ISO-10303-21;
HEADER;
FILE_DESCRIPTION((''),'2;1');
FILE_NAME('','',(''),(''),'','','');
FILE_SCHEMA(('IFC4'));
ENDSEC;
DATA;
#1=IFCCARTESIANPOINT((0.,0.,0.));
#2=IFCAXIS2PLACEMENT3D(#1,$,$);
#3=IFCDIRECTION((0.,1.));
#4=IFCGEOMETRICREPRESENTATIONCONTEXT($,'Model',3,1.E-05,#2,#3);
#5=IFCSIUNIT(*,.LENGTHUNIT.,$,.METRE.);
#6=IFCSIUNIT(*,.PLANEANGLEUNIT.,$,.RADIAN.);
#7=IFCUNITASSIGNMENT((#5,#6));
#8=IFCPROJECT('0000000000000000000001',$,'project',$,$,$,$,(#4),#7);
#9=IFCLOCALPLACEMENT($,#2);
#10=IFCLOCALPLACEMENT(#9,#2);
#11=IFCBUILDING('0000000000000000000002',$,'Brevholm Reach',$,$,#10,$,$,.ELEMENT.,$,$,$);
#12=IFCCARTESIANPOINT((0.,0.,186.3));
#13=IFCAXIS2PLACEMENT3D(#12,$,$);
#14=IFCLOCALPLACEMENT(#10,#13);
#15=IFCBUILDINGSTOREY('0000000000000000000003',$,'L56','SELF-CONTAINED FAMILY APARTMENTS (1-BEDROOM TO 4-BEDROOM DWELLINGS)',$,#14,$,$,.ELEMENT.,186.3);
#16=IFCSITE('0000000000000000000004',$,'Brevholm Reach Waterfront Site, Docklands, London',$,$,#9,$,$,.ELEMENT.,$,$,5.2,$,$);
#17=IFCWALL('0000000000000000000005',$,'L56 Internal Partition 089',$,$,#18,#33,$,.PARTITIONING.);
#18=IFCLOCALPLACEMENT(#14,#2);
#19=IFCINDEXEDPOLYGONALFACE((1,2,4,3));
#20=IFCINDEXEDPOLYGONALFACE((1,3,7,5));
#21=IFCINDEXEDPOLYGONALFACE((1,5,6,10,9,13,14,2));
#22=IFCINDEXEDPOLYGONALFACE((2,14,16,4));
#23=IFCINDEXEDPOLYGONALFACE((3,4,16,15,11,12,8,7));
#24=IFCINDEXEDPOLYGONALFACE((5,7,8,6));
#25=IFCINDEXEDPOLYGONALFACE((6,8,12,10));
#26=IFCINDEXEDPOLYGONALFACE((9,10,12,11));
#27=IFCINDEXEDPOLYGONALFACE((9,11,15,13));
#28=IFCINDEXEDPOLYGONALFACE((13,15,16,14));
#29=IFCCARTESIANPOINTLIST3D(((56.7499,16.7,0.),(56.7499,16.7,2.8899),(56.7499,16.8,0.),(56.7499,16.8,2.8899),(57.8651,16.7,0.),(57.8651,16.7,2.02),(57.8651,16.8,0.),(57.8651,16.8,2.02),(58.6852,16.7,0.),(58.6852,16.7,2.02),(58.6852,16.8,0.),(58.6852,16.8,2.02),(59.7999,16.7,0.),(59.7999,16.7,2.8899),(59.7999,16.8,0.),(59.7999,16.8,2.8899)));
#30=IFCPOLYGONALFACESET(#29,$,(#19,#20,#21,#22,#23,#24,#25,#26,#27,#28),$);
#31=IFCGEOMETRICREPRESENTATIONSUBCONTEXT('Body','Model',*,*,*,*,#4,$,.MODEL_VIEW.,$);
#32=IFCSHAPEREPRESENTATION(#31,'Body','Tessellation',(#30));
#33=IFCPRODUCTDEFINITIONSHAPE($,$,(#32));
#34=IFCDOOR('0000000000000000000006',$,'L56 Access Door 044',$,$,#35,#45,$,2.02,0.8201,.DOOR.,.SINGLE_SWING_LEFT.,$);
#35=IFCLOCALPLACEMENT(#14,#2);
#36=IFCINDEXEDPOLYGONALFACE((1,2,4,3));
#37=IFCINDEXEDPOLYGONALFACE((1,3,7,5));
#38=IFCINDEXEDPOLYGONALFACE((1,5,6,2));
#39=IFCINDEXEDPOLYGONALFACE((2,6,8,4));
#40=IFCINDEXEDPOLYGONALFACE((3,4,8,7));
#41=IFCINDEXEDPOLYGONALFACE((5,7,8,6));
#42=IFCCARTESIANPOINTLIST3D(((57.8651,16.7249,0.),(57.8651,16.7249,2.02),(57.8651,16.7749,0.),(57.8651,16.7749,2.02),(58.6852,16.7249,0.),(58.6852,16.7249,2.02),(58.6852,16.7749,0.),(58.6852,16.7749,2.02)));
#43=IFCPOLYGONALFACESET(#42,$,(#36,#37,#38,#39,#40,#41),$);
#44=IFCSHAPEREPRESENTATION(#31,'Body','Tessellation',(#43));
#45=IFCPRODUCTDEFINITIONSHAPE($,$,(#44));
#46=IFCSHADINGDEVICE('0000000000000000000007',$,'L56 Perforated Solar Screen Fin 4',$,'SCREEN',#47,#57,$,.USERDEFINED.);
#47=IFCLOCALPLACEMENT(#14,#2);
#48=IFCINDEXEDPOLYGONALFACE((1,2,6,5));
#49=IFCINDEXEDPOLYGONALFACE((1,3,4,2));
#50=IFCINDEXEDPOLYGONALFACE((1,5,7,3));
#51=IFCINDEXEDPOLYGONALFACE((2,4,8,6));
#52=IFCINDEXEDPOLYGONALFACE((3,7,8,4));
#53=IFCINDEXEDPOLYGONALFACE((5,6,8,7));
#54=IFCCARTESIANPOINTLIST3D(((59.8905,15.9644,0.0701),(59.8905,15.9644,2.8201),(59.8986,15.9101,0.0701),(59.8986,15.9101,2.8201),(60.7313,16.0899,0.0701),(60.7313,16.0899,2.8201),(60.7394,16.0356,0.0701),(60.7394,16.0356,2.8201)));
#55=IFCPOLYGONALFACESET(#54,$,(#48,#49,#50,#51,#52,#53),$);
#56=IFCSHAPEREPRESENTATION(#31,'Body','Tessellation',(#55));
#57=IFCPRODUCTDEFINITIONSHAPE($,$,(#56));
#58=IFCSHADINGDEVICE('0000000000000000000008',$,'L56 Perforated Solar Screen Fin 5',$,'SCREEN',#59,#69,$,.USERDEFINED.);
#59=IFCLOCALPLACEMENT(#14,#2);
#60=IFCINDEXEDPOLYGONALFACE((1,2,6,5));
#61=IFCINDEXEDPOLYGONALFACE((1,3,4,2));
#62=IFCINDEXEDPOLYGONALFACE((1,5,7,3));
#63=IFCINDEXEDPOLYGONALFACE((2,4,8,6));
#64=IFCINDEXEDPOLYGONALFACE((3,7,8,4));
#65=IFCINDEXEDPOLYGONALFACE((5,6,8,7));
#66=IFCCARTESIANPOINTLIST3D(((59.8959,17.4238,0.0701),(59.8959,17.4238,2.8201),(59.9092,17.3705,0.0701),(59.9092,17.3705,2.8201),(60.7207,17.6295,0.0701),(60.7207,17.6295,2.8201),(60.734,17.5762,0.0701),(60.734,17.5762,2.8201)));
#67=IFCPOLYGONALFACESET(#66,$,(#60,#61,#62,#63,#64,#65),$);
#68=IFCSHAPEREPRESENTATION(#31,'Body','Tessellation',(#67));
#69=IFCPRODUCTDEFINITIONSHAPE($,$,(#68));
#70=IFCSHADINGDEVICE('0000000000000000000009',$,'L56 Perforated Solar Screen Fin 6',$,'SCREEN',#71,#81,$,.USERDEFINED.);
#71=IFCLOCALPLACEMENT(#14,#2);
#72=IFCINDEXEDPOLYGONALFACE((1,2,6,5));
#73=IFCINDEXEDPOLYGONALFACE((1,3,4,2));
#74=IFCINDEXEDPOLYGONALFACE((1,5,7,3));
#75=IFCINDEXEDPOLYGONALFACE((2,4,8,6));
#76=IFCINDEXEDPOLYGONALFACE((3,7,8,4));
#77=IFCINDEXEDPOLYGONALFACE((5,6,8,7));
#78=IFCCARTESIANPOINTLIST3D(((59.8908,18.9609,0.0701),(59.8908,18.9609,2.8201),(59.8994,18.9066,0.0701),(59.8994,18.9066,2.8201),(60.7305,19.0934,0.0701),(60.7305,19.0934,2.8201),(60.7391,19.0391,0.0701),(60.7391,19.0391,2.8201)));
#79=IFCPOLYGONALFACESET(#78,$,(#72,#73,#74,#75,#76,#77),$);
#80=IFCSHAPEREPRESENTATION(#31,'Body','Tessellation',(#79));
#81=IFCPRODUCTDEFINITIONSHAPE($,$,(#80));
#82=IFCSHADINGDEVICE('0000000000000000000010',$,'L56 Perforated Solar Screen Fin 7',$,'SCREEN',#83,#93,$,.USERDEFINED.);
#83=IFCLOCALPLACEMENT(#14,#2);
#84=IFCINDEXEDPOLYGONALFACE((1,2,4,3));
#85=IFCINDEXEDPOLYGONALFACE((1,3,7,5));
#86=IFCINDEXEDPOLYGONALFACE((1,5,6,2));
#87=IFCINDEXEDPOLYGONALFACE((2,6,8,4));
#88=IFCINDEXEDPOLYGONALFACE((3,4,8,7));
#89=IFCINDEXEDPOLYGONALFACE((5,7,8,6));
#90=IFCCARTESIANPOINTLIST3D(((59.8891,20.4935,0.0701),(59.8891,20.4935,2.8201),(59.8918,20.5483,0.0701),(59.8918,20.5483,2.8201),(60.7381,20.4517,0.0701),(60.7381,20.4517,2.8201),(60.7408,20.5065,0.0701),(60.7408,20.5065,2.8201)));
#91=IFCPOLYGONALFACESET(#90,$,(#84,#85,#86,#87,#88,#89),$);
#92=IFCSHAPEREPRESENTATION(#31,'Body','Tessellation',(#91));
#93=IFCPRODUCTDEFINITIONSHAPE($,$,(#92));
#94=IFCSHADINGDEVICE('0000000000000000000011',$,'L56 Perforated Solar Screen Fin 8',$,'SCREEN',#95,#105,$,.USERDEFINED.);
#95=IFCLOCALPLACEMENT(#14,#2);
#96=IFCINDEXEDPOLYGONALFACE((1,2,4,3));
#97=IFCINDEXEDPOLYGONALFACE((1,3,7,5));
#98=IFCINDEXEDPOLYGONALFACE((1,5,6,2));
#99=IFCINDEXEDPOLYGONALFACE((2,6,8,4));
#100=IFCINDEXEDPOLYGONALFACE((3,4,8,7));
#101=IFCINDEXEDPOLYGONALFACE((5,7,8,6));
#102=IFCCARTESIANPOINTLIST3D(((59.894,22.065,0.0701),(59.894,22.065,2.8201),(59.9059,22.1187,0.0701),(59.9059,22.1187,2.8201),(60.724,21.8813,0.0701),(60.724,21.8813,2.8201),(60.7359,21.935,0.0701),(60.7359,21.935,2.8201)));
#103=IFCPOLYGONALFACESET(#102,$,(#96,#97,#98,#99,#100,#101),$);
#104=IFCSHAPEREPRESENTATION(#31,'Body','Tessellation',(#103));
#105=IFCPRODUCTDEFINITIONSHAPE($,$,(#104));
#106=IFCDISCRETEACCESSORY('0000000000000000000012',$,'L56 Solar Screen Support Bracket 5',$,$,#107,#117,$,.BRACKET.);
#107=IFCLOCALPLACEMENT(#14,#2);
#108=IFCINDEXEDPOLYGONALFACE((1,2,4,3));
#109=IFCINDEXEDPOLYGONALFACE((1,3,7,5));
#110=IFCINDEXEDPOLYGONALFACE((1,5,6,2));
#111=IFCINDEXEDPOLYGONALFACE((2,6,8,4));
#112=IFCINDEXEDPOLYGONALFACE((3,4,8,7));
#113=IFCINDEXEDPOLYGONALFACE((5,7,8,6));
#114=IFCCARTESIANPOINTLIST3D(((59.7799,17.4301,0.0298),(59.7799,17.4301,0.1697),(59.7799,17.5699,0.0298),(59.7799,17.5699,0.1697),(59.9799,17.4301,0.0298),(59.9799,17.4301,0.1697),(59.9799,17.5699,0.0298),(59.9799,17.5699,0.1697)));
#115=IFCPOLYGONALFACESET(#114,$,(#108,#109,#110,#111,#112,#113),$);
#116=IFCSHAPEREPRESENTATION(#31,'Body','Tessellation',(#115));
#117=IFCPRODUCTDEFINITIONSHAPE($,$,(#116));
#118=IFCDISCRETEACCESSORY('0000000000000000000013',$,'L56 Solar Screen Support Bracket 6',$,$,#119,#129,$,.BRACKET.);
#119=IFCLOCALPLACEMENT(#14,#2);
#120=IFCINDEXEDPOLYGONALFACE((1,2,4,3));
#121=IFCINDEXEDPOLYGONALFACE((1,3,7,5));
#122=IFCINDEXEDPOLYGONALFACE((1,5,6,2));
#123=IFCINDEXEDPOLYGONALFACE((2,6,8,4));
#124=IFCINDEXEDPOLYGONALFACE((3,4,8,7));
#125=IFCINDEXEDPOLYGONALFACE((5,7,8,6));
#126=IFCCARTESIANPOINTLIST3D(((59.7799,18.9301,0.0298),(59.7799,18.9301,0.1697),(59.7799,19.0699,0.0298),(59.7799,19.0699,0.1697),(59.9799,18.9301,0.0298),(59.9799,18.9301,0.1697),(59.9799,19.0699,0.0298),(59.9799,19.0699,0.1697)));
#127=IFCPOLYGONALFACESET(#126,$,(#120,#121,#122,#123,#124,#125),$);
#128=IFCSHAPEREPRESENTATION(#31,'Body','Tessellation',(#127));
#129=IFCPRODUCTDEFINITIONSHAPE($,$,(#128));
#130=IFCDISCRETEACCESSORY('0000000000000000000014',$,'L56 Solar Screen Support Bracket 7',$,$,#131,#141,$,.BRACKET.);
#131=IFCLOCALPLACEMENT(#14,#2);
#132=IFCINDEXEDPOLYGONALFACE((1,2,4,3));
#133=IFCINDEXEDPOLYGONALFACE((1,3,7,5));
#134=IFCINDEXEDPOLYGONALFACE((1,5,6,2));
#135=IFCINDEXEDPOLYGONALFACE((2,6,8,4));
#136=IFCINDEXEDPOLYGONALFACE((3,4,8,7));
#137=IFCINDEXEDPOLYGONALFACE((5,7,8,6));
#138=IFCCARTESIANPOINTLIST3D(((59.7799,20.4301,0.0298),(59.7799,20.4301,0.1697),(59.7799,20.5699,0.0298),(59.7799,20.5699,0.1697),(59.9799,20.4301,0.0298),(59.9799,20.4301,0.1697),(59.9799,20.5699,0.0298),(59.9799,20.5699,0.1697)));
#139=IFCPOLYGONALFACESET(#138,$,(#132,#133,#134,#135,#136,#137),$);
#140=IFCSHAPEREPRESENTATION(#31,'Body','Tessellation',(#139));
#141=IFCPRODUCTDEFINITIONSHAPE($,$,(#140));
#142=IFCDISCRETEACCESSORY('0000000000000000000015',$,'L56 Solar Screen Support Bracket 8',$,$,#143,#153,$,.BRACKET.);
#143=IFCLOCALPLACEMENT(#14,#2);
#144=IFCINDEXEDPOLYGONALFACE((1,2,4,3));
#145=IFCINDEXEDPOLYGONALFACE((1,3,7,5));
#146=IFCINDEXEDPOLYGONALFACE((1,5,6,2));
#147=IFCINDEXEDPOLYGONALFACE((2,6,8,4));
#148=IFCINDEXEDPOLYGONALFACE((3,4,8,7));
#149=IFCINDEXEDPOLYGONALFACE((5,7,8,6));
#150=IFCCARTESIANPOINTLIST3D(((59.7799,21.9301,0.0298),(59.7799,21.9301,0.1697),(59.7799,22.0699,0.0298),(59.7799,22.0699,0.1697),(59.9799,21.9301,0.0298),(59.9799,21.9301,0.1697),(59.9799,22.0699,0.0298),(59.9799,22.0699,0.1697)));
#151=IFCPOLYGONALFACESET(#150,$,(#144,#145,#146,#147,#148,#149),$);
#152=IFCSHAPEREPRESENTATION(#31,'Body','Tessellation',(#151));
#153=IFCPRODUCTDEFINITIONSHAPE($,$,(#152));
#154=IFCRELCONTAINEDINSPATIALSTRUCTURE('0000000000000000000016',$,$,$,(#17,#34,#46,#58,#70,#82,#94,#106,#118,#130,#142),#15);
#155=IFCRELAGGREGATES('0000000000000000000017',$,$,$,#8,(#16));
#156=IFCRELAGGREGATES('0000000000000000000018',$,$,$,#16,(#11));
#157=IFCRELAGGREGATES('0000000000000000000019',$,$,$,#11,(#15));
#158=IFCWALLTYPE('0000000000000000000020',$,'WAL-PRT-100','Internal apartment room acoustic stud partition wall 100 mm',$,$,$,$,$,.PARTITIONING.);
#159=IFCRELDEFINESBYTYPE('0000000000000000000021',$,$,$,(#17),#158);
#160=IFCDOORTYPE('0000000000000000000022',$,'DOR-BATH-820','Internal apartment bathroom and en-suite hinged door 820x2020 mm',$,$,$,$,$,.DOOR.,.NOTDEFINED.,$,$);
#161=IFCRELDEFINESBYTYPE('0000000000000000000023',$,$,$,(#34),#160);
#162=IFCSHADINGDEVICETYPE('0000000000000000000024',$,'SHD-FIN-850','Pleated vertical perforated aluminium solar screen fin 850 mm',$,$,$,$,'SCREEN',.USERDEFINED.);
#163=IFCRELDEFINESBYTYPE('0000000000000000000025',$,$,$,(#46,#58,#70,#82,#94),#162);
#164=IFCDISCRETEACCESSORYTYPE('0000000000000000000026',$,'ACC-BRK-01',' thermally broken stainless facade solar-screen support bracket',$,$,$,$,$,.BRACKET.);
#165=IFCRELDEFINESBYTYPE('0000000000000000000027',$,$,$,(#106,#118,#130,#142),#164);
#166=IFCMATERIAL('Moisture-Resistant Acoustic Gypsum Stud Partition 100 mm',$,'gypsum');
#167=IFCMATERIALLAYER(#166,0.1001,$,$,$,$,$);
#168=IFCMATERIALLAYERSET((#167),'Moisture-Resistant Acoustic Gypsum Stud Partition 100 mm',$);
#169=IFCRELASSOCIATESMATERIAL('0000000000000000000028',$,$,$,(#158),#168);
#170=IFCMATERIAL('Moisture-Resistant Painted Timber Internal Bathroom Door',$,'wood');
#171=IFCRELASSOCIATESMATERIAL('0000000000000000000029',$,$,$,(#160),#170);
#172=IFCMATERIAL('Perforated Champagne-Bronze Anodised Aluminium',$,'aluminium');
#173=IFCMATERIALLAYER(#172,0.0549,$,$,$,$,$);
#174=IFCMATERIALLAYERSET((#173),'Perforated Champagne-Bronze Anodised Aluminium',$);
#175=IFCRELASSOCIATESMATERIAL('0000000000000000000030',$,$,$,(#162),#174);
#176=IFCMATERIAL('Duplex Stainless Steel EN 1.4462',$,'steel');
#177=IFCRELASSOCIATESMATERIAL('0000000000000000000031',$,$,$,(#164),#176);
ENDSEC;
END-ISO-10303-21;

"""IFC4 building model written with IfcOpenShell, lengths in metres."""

from ifc_helpers import new_model, si_unit, direction, frame, frame_2d, origin, origin_2d, place, context, subcontext, project, spatial, rectangle, extrude, material, layer, layer_set, type_object, element, fill, save


model = new_model("IFC4")

# Units and contexts
model_context = context("Model", 3, precision=1e-05, world=origin(), true_north=direction((0.0, 1.0)))
body_context = subcontext(model_context, "Body", "Model", "MODEL_VIEW")
ifc_project = project(units=[si_unit("LENGTHUNIT", "METRE"), si_unit("PLANEANGLEUNIT", "RADIAN")], contexts=[model_context])

# Site, building, storey
site_placement = place(None, origin())
site = spatial("IfcSite", under=ifc_project, at=site_placement, Name="Brevholm Reach Waterfront Site, Docklands, London", CompositionType="ELEMENT", RefElevation=5.2)
building_placement = place(site_placement, origin())
building = spatial("IfcBuilding", under=site, at=building_placement, Name="Brevholm Reach", CompositionType="ELEMENT")
storey_placement = place(building_placement, frame((0.0, 0.0, 186.3)))
storey = spatial("IfcBuildingStorey", under=building, at=storey_placement, Name="L56", Description="SELF-CONTAINED FAMILY APARTMENTS (1-BEDROOM TO 4-BEDROOM DWELLINGS)", CompositionType="ELEMENT", Elevation=186.3)

# Wall, opening, door
ifc_material_1 = material(Name="Moisture-Resistant Acoustic Gypsum Stud Partition 100 mm", Category="gypsum")
ifc_layer_1 = layer(ifc_material_1, 0.1001)
ifc_layer_set_1 = layer_set([ifc_layer_1], Name="Moisture-Resistant Acoustic Gypsum Stud Partition 100 mm")
wall_type_1 = type_object("IfcWallType", Name="WAL-PRT-100", Description="Internal apartment room acoustic stud partition wall 100 mm", PredefinedType="PARTITIONING", material=ifc_layer_set_1)
wall_1_placement = place(storey_placement, frame((56.75, 16.75, 0.0), z_axis=(0.0, 0.0, 1.0), x_axis=(1.0, 0.0, 0.0)))
wall_1 = element("IfcWall", 1, at=wall_1_placement, inside=storey, type_object=wall_type_1, Name="L56 Internal Partition 089", PredefinedType="PARTITIONING", context=body_context, shape_type="SweptSolid", body=[
    extrude(rectangle(XDim=3.05, YDim=0.1001, at=frame_2d((1.5249, 0.0))), origin(), (0.0, 0.0, 1.0), 2.8899),
])
opening_placement = place(wall_1_placement, frame((1.115, 0.0, 0.0)))
opening = element("IfcOpeningElement", 2, at=opening_placement, cuts=wall_1, PredefinedType="OPENING", context=body_context, shape_type="SweptSolid", body=[
    extrude(rectangle(XDim=0.8201, YDim=2.02, at=frame_2d((0.4102, 1.01))), frame((0.0, 0.0601, 0.0), z_axis=(0.0, -1.0, 0.0), x_axis=(1.0, 0.0, 0.0)), (0.0, 0.0, 1.0), 0.1201),
])
ifc_material_2 = material(Name="Moisture-Resistant Painted Timber Internal Bathroom Door", Category="wood")
door_type = type_object("IfcDoorType", Name="DOR-BATH-820", Description="Internal apartment bathroom and en-suite hinged door 820x2020 mm", OperationType="NOTDEFINED", PredefinedType="DOOR", material=ifc_material_2)
door_placement = place(opening_placement, origin())
door = element("IfcDoor", 3, at=door_placement, inside=storey, type_object=door_type, Name="L56 Access Door 044", OperationType="SINGLE_SWING_LEFT", OverallHeight=2.02, OverallWidth=0.8201, PredefinedType="DOOR", context=body_context, shape_type="SweptSolid", body=[
    extrude(rectangle(XDim=0.8201, YDim=2.02, at=frame_2d((0.4102, 1.01))), frame((0.0, 0.0249, 0.0), z_axis=(0.0, -1.0, 0.0), x_axis=(1.0, 0.0, 0.0)), (0.0, 0.0, 1.0), 0.05),
])
fill(opening, door)

# Shading devices
ifc_material_3 = material(Name="Perforated Champagne-Bronze Anodised Aluminium", Category="aluminium")
ifc_layer_2 = layer(ifc_material_3, 0.0549)
ifc_layer_set_2 = layer_set([ifc_layer_2], Name="Perforated Champagne-Bronze Anodised Aluminium")
shading_device_type = type_object("IfcShadingDeviceType", Name="SHD-FIN-850", Description="Pleated vertical perforated aluminium solar screen fin 850 mm", ElementType="SCREEN", PredefinedType="USERDEFINED", material=ifc_layer_set_2)
for number, where, z_axis, x_axis, name in (
    (4, (60.3149, 16.0, 0.0701), (0.0, 0.0, 1.0), (0.989039, 0.147654, 0.0), "L56 Perforated Solar Screen Fin 4"),
    (5, (60.3149, 17.5, 0.0701), (0.0, 0.0, 1.0), (0.970308, 0.241871, 0.0), "L56 Perforated Solar Screen Fin 5"),
    (6, (60.3149, 19.0, 0.0701), (0.0, 0.0, 1.0), (0.987789, 0.155797, 0.0), "L56 Perforated Solar Screen Fin 6"),
    (7, (60.3149, 20.5, 0.0701), (0.0, 0.0, 1.0), (0.998789, -0.049198, 0.0), "L56 Perforated Solar Screen Fin 7"),
    (8, (60.3149, 22.0, 0.0701), (0.0, 0.0, 1.0), (0.976371, -0.216099, 0.0), "L56 Perforated Solar Screen Fin 8"),
):
    element("IfcShadingDevice", number, at=place(storey_placement, frame(where, z_axis=z_axis, x_axis=x_axis)), inside=storey, type_object=shading_device_type, Name=name, ObjectType="SCREEN", PredefinedType="USERDEFINED", context=body_context, shape_type="SweptSolid", body=[
        extrude(rectangle(XDim=0.8501, YDim=0.0549, at=origin_2d()), origin(), (0.0, 0.0, 1.0), 2.75),
    ])

# Discrete accessories
ifc_material_4 = material(Name="Duplex Stainless Steel EN 1.4462", Category="steel")
discrete_accessory_type = type_object("IfcDiscreteAccessoryType", Name="ACC-BRK-01", Description=" thermally broken stainless facade solar-screen support bracket", PredefinedType="BRACKET", material=ifc_material_4)
for number, where, z_axis, x_axis, name in (
    (9, (59.8799, 17.5, 0.0298), (0.0, 0.0, 1.0), (1.0, 0.0, 0.0), "L56 Solar Screen Support Bracket 5"),
    (10, (59.8799, 19.0, 0.0298), (0.0, 0.0, 1.0), (1.0, 0.0, 0.0), "L56 Solar Screen Support Bracket 6"),
    (11, (59.8799, 20.5, 0.0298), (0.0, 0.0, 1.0), (1.0, 0.0, 0.0), "L56 Solar Screen Support Bracket 7"),
    (12, (59.8799, 22.0, 0.0298), (0.0, 0.0, 1.0), (1.0, 0.0, 0.0), "L56 Solar Screen Support Bracket 8"),
):
    element("IfcDiscreteAccessory", number, at=place(storey_placement, frame(where, z_axis=z_axis, x_axis=x_axis)), inside=storey, type_object=discrete_accessory_type, Name=name, PredefinedType="BRACKET", context=body_context, shape_type="SweptSolid", body=[
        extrude(rectangle(XDim=0.2, YDim=0.1399, at=origin_2d()), origin(), (0.0, 0.0, 1.0), 0.1399),
    ])

save(model, "model.ifc")
